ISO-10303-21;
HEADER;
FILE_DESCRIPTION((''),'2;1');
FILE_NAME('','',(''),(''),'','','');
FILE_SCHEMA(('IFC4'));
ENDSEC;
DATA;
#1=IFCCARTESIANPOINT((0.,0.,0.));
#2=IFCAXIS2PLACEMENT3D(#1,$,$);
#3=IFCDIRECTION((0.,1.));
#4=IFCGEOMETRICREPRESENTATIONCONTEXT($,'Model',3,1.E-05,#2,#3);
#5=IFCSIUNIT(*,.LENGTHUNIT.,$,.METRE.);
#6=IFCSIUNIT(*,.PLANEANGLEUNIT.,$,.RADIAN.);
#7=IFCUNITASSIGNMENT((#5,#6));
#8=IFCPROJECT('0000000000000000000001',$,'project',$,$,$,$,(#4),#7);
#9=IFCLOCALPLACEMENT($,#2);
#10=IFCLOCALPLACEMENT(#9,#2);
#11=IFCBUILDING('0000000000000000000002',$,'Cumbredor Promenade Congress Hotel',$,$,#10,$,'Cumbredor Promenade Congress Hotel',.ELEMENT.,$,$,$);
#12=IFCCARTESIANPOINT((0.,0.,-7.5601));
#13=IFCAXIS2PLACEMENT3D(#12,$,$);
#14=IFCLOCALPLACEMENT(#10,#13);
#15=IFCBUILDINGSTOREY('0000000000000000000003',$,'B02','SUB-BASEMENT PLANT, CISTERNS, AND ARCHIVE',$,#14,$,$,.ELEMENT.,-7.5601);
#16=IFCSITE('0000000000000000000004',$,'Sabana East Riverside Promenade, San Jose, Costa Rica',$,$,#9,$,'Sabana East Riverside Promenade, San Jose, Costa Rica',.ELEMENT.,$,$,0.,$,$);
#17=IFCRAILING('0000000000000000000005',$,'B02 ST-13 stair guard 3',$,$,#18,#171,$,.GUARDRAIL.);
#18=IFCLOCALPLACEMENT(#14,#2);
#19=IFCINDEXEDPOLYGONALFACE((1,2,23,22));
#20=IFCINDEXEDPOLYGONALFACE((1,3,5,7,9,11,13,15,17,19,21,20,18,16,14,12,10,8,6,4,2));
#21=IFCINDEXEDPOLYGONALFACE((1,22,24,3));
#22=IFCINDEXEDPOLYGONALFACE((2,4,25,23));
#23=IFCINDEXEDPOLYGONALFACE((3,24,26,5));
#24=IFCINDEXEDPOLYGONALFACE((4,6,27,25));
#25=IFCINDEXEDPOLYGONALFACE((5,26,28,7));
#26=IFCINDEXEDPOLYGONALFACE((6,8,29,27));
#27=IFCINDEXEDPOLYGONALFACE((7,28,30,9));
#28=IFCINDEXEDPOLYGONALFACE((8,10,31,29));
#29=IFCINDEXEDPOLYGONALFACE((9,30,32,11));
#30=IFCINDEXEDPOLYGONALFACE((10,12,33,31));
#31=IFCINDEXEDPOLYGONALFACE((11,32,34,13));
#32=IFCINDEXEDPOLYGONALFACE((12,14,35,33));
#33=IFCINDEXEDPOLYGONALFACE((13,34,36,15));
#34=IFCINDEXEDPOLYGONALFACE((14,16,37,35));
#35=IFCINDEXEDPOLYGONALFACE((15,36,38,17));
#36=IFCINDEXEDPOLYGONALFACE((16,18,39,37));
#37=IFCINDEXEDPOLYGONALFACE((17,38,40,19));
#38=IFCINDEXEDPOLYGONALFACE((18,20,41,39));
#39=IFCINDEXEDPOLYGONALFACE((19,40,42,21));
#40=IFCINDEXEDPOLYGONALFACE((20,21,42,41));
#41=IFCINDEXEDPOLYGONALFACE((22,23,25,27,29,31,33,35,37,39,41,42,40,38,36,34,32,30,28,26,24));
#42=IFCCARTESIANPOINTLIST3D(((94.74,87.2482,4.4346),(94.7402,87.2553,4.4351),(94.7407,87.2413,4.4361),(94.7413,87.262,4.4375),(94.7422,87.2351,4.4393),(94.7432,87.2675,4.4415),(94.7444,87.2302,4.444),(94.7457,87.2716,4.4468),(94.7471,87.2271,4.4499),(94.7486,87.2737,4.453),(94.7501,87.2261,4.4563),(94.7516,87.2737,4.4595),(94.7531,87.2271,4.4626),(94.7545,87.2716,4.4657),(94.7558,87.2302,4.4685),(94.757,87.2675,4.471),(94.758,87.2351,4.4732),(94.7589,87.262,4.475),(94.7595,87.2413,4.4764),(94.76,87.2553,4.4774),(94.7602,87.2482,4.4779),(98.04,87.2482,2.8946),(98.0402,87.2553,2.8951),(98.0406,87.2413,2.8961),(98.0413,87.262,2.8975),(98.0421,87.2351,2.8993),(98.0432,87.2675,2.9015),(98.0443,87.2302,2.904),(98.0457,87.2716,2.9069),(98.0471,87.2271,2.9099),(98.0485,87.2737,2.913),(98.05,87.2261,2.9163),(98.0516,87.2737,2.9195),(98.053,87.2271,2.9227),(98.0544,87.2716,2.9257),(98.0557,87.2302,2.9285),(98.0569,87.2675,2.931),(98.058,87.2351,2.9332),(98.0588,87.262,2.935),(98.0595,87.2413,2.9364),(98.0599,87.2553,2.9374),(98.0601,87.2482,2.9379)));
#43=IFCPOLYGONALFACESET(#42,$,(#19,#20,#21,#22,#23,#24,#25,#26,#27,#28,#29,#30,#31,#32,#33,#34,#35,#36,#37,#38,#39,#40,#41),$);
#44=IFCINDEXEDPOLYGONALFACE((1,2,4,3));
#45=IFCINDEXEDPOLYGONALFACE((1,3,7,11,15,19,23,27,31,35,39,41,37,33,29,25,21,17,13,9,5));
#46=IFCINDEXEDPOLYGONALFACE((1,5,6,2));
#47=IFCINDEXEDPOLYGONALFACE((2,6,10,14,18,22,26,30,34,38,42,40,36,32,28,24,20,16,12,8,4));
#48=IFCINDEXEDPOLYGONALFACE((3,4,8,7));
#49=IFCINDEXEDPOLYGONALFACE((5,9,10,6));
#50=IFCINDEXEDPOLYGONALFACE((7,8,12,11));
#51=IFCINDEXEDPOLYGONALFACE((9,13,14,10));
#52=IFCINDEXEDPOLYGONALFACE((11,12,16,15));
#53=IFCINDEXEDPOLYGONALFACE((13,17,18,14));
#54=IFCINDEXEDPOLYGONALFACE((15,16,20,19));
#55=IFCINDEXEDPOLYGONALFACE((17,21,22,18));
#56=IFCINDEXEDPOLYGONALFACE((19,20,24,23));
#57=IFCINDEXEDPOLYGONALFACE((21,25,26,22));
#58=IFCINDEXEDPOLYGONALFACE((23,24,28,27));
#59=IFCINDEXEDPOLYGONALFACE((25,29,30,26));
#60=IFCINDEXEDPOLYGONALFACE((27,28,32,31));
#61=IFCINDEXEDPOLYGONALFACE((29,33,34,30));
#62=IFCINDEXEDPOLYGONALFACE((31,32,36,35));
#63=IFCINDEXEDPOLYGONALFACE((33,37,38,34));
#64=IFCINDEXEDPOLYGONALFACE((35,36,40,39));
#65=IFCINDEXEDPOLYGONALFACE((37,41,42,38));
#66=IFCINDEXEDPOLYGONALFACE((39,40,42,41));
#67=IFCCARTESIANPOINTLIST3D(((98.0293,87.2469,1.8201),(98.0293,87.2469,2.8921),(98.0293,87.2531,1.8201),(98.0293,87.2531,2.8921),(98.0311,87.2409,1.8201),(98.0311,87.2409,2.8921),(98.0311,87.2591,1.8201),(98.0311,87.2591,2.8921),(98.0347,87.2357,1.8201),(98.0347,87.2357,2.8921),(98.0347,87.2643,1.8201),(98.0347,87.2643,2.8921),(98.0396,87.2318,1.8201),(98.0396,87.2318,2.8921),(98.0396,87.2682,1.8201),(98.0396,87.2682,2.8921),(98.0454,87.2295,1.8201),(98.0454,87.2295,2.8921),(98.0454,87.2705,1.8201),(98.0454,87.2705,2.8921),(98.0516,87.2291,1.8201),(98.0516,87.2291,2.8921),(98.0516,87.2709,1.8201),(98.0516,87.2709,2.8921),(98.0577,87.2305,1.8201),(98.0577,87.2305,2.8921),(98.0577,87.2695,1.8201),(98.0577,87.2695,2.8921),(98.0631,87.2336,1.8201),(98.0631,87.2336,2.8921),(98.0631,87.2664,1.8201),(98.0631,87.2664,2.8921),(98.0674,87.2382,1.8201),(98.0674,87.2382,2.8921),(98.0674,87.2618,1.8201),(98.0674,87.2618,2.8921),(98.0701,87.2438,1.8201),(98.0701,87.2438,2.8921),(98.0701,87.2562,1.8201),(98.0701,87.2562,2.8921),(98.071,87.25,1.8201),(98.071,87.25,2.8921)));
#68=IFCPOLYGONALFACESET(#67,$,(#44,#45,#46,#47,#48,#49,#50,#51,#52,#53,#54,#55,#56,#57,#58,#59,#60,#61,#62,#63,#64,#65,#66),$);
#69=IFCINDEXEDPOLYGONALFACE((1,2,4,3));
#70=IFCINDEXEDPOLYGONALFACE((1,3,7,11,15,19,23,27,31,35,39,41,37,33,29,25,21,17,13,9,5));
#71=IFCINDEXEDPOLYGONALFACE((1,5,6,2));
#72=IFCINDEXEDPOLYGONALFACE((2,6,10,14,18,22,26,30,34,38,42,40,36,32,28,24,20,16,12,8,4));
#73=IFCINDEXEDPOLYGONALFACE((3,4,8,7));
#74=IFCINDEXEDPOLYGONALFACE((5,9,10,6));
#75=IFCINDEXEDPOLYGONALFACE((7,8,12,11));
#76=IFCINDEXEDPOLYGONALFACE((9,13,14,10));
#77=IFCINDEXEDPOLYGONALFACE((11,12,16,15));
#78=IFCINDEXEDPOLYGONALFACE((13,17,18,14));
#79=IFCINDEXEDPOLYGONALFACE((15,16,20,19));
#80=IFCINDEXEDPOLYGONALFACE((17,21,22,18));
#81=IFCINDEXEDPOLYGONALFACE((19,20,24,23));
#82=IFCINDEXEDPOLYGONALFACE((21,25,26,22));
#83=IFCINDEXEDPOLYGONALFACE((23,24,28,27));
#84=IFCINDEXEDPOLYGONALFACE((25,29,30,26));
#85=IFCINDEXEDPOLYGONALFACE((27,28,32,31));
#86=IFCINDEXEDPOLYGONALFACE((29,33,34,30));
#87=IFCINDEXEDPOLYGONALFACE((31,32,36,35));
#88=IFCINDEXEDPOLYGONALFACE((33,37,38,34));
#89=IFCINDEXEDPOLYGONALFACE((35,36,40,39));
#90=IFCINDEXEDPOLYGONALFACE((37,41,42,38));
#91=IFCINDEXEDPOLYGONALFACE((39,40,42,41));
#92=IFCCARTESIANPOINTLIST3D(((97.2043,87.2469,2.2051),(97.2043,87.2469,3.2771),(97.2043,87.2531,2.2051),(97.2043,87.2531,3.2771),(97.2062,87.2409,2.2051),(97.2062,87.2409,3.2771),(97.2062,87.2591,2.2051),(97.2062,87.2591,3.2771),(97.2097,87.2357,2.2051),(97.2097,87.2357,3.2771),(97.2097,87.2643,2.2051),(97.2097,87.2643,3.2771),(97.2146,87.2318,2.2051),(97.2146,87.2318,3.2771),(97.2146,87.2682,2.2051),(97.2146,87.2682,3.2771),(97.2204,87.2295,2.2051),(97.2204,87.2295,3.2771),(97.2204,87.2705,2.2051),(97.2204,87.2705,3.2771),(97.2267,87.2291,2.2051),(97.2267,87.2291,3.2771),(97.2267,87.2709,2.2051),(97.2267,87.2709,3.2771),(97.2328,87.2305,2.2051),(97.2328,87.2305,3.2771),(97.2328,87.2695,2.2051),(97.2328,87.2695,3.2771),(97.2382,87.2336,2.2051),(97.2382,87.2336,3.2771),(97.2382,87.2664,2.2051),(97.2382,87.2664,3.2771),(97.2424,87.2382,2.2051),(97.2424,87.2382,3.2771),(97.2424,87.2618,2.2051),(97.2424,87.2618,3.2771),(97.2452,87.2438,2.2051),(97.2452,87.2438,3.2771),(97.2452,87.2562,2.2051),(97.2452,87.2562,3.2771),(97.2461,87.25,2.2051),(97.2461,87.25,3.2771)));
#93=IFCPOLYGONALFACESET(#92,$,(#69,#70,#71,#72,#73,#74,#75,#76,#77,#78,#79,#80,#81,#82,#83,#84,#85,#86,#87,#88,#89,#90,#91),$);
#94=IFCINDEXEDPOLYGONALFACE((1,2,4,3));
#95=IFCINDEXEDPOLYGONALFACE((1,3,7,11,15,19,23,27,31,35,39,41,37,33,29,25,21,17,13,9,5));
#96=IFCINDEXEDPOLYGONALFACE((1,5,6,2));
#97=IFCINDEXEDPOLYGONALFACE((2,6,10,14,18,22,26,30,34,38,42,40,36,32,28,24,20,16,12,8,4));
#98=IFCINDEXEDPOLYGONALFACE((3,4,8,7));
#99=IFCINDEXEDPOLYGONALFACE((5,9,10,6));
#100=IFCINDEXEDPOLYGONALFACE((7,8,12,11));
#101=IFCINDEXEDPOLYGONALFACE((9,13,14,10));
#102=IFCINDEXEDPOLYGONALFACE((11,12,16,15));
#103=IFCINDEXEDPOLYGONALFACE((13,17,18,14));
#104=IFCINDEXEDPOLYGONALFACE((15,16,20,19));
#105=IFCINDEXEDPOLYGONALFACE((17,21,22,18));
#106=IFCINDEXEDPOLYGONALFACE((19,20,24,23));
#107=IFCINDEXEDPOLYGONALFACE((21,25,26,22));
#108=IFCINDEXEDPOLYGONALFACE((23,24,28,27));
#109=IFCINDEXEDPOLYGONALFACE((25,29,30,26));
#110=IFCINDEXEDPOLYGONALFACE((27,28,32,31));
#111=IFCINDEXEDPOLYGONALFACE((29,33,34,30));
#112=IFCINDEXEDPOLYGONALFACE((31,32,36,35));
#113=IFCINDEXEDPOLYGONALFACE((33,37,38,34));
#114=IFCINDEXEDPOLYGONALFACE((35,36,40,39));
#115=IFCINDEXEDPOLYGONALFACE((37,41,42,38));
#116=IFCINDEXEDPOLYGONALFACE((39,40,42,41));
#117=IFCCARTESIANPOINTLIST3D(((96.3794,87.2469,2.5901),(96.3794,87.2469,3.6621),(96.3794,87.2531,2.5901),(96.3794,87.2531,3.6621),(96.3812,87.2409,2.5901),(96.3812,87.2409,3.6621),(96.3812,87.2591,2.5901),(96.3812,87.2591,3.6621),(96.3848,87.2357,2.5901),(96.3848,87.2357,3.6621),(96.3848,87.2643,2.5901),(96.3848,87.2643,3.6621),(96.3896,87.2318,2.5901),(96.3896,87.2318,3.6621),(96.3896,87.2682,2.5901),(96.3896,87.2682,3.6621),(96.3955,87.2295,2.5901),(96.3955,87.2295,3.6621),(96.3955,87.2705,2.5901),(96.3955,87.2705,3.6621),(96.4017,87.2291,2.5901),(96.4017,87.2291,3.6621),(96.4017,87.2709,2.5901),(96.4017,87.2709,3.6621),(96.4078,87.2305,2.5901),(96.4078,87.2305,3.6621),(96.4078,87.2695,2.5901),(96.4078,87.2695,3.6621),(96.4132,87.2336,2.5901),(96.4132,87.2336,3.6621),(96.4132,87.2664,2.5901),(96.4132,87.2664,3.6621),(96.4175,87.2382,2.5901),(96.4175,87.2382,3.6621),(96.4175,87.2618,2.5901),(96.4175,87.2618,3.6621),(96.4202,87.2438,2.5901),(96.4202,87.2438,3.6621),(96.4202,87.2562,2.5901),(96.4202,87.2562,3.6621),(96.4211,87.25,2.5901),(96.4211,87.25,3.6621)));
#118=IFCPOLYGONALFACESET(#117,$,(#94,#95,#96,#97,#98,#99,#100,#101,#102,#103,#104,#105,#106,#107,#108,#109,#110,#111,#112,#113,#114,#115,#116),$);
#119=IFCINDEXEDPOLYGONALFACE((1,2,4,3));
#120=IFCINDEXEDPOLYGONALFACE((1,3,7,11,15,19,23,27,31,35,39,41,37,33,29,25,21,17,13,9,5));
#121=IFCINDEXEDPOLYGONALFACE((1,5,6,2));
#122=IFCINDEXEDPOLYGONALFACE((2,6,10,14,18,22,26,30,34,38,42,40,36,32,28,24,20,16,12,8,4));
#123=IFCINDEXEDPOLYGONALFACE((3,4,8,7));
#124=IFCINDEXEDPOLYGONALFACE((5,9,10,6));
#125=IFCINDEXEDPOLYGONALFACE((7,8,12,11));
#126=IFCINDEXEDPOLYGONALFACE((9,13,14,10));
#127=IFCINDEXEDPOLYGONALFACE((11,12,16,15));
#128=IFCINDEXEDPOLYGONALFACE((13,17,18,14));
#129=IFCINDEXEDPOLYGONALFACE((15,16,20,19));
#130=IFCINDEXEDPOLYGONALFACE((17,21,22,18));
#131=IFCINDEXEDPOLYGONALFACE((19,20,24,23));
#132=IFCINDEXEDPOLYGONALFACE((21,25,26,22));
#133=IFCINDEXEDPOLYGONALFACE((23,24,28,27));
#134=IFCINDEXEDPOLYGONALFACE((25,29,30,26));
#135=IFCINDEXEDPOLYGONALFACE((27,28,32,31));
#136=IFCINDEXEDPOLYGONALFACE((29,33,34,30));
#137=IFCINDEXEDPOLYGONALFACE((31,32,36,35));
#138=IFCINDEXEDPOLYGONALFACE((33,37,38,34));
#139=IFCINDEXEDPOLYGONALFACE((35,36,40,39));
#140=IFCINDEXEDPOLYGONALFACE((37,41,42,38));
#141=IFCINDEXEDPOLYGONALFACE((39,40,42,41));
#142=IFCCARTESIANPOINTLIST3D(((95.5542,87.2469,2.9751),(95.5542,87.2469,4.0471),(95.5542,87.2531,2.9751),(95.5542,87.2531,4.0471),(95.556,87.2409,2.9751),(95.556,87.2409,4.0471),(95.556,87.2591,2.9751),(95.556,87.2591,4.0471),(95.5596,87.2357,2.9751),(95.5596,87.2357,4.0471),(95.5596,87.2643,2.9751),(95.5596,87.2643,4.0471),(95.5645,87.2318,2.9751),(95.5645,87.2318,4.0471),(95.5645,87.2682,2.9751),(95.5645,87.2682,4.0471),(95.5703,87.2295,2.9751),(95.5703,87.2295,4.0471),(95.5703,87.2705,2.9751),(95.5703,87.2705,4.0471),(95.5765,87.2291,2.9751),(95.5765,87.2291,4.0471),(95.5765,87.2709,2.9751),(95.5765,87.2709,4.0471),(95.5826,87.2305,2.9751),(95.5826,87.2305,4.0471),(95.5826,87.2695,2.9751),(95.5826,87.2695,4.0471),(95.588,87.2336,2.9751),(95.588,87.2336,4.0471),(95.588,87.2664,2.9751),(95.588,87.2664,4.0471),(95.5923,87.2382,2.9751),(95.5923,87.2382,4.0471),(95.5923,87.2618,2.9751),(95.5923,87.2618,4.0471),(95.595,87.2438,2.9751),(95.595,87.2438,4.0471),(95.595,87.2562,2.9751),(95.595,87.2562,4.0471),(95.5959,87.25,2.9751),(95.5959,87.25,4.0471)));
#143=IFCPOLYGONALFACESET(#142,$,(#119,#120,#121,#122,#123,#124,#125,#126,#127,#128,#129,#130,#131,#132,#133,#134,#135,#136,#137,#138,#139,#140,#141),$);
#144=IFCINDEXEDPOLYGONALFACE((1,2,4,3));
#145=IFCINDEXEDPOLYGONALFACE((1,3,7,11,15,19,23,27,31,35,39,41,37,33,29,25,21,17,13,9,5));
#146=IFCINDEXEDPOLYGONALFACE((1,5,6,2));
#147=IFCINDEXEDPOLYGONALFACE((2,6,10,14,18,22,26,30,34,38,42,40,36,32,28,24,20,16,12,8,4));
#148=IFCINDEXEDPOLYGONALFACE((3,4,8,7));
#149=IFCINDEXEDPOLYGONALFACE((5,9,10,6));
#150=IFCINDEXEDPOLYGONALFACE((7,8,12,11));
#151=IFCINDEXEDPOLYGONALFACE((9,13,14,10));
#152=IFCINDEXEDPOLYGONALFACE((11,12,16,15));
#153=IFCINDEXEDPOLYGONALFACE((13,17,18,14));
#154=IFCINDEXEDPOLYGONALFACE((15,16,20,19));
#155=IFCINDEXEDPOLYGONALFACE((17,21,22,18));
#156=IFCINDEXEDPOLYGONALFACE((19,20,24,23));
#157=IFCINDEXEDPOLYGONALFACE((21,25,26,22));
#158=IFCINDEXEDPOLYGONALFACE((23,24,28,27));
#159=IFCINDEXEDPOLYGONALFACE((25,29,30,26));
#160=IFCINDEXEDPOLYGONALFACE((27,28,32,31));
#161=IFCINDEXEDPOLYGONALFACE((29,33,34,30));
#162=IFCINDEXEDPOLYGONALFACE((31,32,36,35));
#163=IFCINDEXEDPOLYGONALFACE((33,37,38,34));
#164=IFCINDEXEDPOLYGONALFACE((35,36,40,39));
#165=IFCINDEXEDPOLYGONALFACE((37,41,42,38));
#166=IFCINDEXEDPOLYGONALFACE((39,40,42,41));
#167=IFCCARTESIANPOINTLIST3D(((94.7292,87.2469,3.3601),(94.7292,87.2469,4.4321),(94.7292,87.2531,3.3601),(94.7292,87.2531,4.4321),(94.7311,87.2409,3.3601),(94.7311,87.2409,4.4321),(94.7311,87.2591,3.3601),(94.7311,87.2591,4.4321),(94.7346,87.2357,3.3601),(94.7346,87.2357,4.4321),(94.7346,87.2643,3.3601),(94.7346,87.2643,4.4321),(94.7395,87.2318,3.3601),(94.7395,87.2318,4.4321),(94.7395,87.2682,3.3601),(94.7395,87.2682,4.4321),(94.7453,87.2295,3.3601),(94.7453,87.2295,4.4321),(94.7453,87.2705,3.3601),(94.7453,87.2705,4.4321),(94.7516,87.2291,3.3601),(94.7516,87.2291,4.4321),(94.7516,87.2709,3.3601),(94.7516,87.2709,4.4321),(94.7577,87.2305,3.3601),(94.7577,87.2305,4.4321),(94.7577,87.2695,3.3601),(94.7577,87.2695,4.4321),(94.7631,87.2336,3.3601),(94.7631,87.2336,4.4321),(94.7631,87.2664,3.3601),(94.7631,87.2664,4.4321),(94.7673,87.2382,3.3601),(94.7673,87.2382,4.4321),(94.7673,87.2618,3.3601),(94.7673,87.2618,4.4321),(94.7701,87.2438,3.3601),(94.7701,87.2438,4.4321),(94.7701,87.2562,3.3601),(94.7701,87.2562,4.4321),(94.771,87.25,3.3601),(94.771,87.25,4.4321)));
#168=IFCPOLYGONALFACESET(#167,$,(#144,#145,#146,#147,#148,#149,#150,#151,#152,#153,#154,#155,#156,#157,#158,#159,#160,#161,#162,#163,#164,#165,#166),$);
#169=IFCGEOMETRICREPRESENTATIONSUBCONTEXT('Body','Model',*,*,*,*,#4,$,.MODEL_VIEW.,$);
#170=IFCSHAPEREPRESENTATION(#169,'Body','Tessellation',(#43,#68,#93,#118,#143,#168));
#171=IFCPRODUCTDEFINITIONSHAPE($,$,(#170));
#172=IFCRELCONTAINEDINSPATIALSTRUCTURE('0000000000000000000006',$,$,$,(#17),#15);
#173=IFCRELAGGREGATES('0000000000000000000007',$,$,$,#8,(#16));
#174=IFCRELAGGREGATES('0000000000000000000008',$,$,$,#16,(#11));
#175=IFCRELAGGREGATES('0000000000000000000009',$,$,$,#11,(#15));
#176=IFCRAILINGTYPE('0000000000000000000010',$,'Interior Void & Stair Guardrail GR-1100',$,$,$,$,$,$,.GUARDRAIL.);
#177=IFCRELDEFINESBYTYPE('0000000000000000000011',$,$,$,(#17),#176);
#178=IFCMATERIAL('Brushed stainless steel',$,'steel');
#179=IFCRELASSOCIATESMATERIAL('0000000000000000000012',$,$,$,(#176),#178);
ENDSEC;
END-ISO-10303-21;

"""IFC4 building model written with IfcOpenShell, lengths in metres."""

from ifc_helpers import new_model, si_unit, direction, frame, origin, origin_2d, place, context, subcontext, project, spatial, circle, extrude, material, type_object, element, save


model = new_model("IFC4")

# Units and contexts
model_context = context("Model", 3, precision=1e-05, world=origin(), true_north=direction((0.0, 1.0)))
body_context = subcontext(model_context, "Body", "Model", "MODEL_VIEW")
ifc_project = project(units=[si_unit("LENGTHUNIT", "METRE"), si_unit("PLANEANGLEUNIT", "RADIAN")], contexts=[model_context])

# Site, building, storey
site_placement = place(None, origin())
site = spatial("IfcSite", under=ifc_project, at=site_placement, Name="Sabana East Riverside Promenade, San Jose, Costa Rica", LongName="Sabana East Riverside Promenade, San Jose, Costa Rica", CompositionType="ELEMENT", RefElevation=0.0)
building_placement = place(site_placement, origin())
building = spatial("IfcBuilding", under=site, at=building_placement, Name="Cumbredor Promenade Congress Hotel", LongName="Cumbredor Promenade Congress Hotel", CompositionType="ELEMENT")
storey_placement = place(building_placement, frame((0.0, 0.0, -7.5601)))
storey = spatial("IfcBuildingStorey", under=building, at=storey_placement, Name="B02", Description="SUB-BASEMENT PLANT, CISTERNS, AND ARCHIVE", CompositionType="ELEMENT", Elevation=-7.5601)

# Railing
ifc_material_1 = material(Name="Brushed stainless steel", Category="steel")
railing_type_1 = type_object("IfcRailingType", Name="Interior Void & Stair Guardrail GR-1100", PredefinedType="GUARDRAIL", material=ifc_material_1)
railing_1_placement = place(storey_placement, frame((98.05, 87.25, 1.8201)))
element("IfcRailing", 1, at=railing_1_placement, inside=storey, type_object=railing_type_1, Name="B02 ST-13 stair guard 3", PredefinedType="GUARDRAIL", context=body_context, shape_type="SweptSolid", body=[
    extrude(circle(Radius=0.0239, at=origin_2d()), frame((0.0, 0.0, 1.0962), z_axis=(-0.906181, 0.0, 0.422889), x_axis=(0.0, -1.0, 0.0)), (0.0, 0.0, 1.0), 3.6416),
    extrude(circle(Radius=0.021, at=origin_2d()), origin(), (0.0, 0.0, 1.0), 1.072),
    extrude(circle(Radius=0.021, at=origin_2d()), frame((-0.825, 0.0, 0.385)), (0.0, 0.0, 1.0), 1.072),
    extrude(circle(Radius=0.021, at=origin_2d()), frame((-1.6499, 0.0, 0.77)), (0.0, 0.0, 1.0), 1.072),
    extrude(circle(Radius=0.021, at=origin_2d()), frame((-2.4751, 0.0, 1.155)), (0.0, 0.0, 1.0), 1.072),
    extrude(circle(Radius=0.021, at=origin_2d()), frame((-3.3, 0.0, 1.54)), (0.0, 0.0, 1.0), 1.072),
])

save(model, "model.ifc")
